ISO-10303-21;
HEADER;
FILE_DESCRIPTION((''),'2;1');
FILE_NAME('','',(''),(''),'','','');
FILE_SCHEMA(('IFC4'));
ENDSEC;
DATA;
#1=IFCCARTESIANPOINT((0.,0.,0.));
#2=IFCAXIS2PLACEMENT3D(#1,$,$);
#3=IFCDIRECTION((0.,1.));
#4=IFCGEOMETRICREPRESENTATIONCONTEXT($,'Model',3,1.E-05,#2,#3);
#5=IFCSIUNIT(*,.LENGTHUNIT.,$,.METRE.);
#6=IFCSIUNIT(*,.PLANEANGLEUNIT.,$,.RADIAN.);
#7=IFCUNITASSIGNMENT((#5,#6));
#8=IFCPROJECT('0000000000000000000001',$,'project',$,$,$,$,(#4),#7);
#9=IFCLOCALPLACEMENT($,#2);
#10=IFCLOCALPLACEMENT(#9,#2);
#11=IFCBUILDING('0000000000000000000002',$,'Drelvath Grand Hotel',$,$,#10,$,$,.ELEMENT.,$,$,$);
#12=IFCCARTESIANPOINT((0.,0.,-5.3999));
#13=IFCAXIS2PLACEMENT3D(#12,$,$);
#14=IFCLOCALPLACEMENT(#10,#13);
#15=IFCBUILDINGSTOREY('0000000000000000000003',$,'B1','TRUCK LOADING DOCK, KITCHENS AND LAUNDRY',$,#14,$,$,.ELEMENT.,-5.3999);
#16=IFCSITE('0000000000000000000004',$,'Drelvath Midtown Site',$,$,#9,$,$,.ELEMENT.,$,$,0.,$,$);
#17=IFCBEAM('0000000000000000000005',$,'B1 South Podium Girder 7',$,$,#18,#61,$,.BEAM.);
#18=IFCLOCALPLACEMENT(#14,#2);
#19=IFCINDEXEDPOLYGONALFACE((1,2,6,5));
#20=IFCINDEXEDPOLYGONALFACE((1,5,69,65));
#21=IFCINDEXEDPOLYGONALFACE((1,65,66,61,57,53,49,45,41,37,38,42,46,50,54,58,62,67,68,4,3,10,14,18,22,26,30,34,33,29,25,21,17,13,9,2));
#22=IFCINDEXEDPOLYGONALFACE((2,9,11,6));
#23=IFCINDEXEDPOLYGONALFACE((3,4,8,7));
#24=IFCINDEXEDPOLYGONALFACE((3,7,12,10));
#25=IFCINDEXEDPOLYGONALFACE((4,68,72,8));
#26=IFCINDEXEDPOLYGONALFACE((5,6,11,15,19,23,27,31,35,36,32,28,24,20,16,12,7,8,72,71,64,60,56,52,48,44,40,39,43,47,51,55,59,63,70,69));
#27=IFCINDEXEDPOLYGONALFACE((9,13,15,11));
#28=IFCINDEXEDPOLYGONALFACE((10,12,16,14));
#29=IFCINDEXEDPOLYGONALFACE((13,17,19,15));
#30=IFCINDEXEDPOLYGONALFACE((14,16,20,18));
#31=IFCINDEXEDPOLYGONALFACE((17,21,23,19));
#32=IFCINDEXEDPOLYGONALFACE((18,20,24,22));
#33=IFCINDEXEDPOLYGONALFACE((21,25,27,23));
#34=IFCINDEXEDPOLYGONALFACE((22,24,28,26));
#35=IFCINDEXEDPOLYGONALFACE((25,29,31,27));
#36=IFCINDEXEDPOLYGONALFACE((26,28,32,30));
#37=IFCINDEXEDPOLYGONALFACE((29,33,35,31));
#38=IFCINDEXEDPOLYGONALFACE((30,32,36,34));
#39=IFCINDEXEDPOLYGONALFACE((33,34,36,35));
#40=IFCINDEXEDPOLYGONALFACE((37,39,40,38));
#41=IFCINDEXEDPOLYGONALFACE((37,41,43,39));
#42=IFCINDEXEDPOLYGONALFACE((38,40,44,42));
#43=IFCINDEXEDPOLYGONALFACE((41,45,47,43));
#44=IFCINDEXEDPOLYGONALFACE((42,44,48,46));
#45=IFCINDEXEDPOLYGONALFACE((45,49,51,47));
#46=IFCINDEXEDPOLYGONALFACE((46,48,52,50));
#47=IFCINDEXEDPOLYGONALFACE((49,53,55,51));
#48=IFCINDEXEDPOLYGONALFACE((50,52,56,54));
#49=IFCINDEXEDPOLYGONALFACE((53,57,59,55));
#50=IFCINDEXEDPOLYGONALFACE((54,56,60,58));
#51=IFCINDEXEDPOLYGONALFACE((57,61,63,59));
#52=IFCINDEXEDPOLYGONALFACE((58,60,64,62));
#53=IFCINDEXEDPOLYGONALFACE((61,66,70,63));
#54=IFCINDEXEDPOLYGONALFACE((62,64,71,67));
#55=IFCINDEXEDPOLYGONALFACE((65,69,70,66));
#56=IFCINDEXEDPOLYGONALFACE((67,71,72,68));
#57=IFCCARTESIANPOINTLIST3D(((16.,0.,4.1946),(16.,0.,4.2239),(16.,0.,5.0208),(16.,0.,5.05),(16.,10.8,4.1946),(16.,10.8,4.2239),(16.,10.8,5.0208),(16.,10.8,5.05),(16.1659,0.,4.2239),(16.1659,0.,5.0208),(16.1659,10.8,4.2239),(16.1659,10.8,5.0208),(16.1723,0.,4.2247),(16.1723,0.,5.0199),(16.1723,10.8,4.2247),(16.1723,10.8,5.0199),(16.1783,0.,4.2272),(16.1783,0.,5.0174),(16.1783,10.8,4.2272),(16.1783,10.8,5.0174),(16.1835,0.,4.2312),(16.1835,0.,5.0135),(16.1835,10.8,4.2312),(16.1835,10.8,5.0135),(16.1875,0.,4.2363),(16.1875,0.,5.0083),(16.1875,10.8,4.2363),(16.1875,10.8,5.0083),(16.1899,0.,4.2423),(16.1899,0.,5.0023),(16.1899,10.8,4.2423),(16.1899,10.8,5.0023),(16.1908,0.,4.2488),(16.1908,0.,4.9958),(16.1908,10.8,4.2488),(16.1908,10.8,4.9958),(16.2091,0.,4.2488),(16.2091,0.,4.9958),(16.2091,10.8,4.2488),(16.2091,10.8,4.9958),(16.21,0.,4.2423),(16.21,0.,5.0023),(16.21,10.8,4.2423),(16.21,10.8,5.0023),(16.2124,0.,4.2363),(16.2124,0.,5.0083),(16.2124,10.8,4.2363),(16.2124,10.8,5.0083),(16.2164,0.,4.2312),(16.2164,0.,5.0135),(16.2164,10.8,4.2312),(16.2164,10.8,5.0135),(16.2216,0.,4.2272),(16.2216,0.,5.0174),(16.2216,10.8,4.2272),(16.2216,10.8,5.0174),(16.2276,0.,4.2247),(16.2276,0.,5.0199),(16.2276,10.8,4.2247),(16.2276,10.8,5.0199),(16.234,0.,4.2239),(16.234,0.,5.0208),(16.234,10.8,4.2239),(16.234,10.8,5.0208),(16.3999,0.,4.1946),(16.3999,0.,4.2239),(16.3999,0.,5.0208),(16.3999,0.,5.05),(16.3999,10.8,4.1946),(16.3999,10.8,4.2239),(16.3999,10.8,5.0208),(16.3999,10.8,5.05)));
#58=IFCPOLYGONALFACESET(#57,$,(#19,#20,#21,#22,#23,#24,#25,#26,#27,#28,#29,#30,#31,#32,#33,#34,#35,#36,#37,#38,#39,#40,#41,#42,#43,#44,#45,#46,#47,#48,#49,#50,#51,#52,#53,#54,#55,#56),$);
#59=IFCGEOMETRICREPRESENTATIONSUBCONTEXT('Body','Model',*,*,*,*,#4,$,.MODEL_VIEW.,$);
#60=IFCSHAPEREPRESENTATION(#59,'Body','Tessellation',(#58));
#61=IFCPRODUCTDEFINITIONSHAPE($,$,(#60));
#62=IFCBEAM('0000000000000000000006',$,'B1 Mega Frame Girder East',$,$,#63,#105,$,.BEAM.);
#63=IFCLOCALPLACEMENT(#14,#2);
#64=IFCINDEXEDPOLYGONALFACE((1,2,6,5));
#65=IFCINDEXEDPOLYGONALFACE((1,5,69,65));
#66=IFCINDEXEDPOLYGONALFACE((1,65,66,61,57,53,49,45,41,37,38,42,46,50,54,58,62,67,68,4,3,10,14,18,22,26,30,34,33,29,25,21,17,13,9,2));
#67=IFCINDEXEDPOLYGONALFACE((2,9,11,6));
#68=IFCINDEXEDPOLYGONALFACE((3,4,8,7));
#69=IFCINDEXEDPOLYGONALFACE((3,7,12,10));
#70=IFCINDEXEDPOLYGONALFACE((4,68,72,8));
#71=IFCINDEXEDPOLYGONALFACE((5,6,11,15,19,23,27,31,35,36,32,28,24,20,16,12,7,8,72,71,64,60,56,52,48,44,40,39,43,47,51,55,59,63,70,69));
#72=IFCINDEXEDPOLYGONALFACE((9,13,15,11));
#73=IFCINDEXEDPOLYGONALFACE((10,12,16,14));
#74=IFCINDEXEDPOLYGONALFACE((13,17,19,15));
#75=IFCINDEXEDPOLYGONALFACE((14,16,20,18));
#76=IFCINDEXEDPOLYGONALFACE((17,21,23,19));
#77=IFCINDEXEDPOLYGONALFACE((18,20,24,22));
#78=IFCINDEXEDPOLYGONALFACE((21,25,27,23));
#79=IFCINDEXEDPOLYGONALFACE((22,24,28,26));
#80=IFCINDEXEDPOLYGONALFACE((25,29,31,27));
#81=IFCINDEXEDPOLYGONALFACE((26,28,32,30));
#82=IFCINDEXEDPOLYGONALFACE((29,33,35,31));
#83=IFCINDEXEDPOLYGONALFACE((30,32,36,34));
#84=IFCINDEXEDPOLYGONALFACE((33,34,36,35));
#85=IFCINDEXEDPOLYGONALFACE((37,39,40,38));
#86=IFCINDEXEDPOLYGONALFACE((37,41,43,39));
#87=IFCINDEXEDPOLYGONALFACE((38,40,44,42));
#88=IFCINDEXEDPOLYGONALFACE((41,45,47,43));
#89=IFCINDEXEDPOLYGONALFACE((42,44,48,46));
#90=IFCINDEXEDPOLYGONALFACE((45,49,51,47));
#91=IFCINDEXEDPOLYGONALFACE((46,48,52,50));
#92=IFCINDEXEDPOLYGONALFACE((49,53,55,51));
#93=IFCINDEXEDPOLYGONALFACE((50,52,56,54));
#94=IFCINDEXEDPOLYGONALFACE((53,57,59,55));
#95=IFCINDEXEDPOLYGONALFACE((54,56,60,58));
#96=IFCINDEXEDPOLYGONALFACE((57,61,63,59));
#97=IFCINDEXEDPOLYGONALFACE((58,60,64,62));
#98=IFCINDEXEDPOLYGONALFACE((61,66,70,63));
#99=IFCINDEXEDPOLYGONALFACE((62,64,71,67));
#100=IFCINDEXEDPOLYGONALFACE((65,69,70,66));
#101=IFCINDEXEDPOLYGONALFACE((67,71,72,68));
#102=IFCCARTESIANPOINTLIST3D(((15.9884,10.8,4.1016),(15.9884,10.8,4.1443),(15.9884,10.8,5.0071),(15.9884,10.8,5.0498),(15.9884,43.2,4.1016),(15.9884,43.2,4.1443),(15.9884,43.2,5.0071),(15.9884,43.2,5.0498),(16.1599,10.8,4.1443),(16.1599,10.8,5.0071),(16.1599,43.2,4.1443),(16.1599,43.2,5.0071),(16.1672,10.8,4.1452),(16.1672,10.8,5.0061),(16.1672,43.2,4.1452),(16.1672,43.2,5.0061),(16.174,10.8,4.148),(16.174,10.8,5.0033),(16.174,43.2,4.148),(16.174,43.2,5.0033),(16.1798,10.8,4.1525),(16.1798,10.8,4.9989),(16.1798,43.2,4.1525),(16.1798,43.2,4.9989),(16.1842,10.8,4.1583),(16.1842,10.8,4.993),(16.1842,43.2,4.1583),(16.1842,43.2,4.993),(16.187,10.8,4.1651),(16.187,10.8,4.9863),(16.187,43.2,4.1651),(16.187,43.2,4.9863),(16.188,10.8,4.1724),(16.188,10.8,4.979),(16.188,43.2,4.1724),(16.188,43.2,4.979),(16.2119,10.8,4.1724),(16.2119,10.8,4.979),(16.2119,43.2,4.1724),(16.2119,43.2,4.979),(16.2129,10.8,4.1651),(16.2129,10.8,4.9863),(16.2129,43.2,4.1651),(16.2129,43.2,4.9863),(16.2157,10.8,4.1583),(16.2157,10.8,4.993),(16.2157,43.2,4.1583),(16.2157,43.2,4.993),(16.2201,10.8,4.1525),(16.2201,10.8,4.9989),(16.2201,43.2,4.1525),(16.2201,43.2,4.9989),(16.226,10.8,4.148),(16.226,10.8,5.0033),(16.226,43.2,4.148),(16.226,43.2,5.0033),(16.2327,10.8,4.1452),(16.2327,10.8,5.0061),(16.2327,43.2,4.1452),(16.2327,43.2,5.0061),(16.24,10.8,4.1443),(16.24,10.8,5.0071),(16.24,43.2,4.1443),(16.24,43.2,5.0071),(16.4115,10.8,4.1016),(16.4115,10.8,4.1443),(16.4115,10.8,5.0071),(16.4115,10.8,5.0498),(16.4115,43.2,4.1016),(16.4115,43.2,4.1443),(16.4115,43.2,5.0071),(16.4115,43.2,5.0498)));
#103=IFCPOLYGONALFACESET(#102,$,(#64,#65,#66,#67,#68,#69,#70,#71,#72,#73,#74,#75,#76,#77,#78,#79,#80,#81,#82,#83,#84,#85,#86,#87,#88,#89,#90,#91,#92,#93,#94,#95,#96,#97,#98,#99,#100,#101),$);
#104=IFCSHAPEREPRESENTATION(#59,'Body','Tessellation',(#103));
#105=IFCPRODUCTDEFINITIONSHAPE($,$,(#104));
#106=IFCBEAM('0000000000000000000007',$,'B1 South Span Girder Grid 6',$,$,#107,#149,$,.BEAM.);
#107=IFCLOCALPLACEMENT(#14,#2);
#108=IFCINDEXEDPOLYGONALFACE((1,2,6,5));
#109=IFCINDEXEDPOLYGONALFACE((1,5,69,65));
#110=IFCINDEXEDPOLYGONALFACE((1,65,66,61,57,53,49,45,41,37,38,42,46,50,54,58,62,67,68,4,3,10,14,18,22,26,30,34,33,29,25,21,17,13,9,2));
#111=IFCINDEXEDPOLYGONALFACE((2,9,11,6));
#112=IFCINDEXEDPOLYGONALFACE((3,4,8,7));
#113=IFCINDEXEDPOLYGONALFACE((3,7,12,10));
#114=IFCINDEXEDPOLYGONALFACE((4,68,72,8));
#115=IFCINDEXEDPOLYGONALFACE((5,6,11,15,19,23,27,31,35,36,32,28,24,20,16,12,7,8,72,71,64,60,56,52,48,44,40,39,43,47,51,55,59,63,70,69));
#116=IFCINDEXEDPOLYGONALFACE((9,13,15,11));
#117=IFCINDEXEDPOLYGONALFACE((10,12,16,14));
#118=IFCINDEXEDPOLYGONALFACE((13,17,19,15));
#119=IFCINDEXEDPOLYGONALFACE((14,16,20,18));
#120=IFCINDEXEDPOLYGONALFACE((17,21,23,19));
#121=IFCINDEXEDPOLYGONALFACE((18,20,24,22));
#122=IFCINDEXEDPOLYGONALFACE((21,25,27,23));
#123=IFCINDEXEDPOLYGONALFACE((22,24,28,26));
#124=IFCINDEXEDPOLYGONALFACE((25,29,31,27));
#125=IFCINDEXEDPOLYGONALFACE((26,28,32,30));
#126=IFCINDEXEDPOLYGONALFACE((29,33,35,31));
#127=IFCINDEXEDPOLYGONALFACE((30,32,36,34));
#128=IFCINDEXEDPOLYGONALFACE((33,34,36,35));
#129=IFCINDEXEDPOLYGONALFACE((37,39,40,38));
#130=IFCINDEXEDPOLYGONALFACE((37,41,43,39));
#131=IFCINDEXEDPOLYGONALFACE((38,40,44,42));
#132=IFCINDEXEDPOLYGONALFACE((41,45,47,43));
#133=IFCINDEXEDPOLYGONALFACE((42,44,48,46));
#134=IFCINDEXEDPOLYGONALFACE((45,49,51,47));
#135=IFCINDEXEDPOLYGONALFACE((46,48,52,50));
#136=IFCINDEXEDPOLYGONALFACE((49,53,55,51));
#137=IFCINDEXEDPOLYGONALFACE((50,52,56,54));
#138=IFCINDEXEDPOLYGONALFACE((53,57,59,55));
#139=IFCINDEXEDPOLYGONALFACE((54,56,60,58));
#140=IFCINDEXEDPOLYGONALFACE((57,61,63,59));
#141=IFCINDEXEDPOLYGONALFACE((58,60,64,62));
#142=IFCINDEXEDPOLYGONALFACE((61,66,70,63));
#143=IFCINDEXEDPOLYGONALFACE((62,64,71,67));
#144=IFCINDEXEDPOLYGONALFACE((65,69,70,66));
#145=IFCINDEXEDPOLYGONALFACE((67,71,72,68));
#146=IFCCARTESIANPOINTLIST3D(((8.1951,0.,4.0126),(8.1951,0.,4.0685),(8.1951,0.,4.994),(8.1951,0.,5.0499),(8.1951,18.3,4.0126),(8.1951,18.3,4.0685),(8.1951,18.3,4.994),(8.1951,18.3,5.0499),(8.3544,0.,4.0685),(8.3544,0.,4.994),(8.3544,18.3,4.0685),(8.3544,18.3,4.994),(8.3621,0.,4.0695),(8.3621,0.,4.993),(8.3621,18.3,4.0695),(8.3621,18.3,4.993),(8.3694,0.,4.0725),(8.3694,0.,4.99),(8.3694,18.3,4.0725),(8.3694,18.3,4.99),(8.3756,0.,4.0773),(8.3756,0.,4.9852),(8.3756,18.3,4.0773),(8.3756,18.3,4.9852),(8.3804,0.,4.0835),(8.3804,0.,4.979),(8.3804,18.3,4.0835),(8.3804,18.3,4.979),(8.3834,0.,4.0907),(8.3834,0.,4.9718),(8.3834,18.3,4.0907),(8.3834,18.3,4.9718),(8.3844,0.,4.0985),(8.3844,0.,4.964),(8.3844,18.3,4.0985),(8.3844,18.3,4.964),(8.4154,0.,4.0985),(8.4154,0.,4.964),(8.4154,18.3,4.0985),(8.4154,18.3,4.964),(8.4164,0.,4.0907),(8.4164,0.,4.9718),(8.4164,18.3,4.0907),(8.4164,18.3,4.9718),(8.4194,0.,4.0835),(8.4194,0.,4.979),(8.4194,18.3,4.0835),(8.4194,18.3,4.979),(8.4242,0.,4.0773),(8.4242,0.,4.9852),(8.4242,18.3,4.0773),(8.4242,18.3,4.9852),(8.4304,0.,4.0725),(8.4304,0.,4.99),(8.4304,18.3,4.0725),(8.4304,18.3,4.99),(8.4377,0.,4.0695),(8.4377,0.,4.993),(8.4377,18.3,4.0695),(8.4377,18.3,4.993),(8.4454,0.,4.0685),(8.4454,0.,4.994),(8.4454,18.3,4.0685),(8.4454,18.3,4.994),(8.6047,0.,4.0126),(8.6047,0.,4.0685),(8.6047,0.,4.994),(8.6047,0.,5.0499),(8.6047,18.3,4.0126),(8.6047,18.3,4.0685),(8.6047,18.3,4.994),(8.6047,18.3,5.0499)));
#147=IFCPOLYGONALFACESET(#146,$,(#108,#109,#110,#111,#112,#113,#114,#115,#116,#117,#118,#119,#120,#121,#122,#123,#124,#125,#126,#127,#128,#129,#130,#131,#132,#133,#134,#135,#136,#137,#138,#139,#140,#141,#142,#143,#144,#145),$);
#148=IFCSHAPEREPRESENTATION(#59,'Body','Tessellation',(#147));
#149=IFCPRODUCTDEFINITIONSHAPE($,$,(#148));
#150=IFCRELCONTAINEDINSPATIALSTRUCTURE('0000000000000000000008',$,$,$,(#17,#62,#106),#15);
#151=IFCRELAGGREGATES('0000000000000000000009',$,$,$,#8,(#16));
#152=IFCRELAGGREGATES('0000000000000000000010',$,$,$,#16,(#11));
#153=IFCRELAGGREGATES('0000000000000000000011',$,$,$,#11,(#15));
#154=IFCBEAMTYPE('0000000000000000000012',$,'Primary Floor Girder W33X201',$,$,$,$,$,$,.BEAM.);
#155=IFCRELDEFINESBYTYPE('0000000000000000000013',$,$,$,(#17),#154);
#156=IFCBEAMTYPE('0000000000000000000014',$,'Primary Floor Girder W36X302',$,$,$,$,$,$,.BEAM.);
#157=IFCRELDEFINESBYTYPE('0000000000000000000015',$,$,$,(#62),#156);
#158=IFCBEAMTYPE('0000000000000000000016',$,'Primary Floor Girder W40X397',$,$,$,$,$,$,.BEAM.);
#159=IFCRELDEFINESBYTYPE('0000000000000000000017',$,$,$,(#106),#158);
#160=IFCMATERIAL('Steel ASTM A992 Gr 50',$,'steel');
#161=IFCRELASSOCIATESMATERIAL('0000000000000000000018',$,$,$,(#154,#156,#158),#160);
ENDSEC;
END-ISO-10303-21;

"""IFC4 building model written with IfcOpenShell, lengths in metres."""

from ifc_helpers import new_model, si_unit, direction, frame, origin, origin_2d, place, context, subcontext, project, spatial, i_section, extrude, material, material_profile, profile_set, type_object, element, save


model = new_model("IFC4")

# Units and contexts
model_context = context("Model", 3, precision=1e-05, world=origin(), true_north=direction((0.0, 1.0)))
body_context = subcontext(model_context, "Body", "Model", "MODEL_VIEW")
ifc_project = project(units=[si_unit("LENGTHUNIT", "METRE"), si_unit("PLANEANGLEUNIT", "RADIAN")], contexts=[model_context])

# Site, building, storey
site_placement = place(None, origin())
site = spatial("IfcSite", under=ifc_project, at=site_placement, Name="Drelvath Midtown Site", CompositionType="ELEMENT", RefElevation=0.0)
building_placement = place(site_placement, origin())
building = spatial("IfcBuilding", under=site, at=building_placement, Name="Drelvath Grand Hotel", CompositionType="ELEMENT")
storey_placement = place(building_placement, frame((0.0, 0.0, -5.3999)))
storey = spatial("IfcBuildingStorey", under=building, at=storey_placement, Name="B1", Description="TRUCK LOADING DOCK, KITCHENS AND LAUNDRY", CompositionType="ELEMENT", Elevation=-5.3999)

# Beams
ifc_material_1 = material(Name="Steel ASTM A992 Gr 50", Category="steel")
ifc_material_profile_1 = material_profile(ifc_material_1, i_section(OverallWidth=0.3999, OverallDepth=0.8555, WebThickness=0.0183, FlangeThickness=0.0293, FilletRadius=0.0249, at=origin_2d()), Name="W33X201")
ifc_profile_set_1 = profile_set([ifc_material_profile_1], Name="Steel ASTM A992 Gr 50")
beam_type_1 = type_object("IfcBeamType", Name="Primary Floor Girder W33X201", PredefinedType="BEAM", material=ifc_profile_set_1)
for number, where, z_axis, x_axis, name in (
    (1, (16.2, 0.0, 4.6223), (0.0, 1.0, 0.0), (-1.0, 0.0, 0.0), "B1 South Podium Girder 7"),
):
    element("IfcBeam", number, at=place(storey_placement, frame(where, z_axis=z_axis, x_axis=x_axis)), inside=storey, type_object=beam_type_1, Name=name, PredefinedType="BEAM", context=body_context, shape_type="SweptSolid", body=[
        extrude(i_section(OverallWidth=0.3999, OverallDepth=0.8555, WebThickness=0.0183, FlangeThickness=0.0293, FilletRadius=0.0249, at=origin_2d()), origin(), (0.0, 0.0, 1.0), 10.8),
    ])
ifc_material_profile_2 = material_profile(ifc_material_1, i_section(OverallWidth=0.4231, OverallDepth=0.9482, WebThickness=0.0239, FlangeThickness=0.0427, FilletRadius=0.0281, at=origin_2d()), Name="W36X302")
ifc_profile_set_2 = profile_set([ifc_material_profile_2], Name="Steel ASTM A992 Gr 50")
beam_type_2 = type_object("IfcBeamType", Name="Primary Floor Girder W36X302", PredefinedType="BEAM", material=ifc_profile_set_2)
beam_1_placement = place(storey_placement, frame((16.2, 10.8, 4.5757), z_axis=(0.0, 1.0, 0.0), x_axis=(-1.0, 0.0, 0.0)))
element("IfcBeam", 2, at=beam_1_placement, inside=storey, type_object=beam_type_2, Name="B1 Mega Frame Girder East", PredefinedType="BEAM", context=body_context, shape_type="SweptSolid", body=[
    extrude(i_section(OverallWidth=0.4231, OverallDepth=0.9482, WebThickness=0.0239, FlangeThickness=0.0427, FilletRadius=0.0281, at=origin_2d()), origin(), (0.0, 0.0, 1.0), 32.3999),
])
ifc_material_profile_3 = material_profile(ifc_material_1, i_section(OverallWidth=0.4097, OverallDepth=1.0374, WebThickness=0.031, FlangeThickness=0.0559, FilletRadius=0.03, at=origin_2d()), Name="W40X397")
ifc_profile_set_3 = profile_set([ifc_material_profile_3], Name="Steel ASTM A992 Gr 50")
beam_type_3 = type_object("IfcBeamType", Name="Primary Floor Girder W40X397", PredefinedType="BEAM", material=ifc_profile_set_3)
beam_2_placement = place(storey_placement, frame((8.3999, 0.0, 4.5312), z_axis=(0.0, 1.0, 0.0), x_axis=(-1.0, 0.0, 0.0)))
element("IfcBeam", 3, at=beam_2_placement, inside=storey, type_object=beam_type_3, Name="B1 South Span Girder Grid 6", PredefinedType="BEAM", context=body_context, shape_type="SweptSolid", body=[
    extrude(i_section(OverallWidth=0.4097, OverallDepth=1.0374, WebThickness=0.031, FlangeThickness=0.0559, FilletRadius=0.03, at=origin_2d()), origin(), (0.0, 0.0, 1.0), 18.3),
])

save(model, "model.ifc")
